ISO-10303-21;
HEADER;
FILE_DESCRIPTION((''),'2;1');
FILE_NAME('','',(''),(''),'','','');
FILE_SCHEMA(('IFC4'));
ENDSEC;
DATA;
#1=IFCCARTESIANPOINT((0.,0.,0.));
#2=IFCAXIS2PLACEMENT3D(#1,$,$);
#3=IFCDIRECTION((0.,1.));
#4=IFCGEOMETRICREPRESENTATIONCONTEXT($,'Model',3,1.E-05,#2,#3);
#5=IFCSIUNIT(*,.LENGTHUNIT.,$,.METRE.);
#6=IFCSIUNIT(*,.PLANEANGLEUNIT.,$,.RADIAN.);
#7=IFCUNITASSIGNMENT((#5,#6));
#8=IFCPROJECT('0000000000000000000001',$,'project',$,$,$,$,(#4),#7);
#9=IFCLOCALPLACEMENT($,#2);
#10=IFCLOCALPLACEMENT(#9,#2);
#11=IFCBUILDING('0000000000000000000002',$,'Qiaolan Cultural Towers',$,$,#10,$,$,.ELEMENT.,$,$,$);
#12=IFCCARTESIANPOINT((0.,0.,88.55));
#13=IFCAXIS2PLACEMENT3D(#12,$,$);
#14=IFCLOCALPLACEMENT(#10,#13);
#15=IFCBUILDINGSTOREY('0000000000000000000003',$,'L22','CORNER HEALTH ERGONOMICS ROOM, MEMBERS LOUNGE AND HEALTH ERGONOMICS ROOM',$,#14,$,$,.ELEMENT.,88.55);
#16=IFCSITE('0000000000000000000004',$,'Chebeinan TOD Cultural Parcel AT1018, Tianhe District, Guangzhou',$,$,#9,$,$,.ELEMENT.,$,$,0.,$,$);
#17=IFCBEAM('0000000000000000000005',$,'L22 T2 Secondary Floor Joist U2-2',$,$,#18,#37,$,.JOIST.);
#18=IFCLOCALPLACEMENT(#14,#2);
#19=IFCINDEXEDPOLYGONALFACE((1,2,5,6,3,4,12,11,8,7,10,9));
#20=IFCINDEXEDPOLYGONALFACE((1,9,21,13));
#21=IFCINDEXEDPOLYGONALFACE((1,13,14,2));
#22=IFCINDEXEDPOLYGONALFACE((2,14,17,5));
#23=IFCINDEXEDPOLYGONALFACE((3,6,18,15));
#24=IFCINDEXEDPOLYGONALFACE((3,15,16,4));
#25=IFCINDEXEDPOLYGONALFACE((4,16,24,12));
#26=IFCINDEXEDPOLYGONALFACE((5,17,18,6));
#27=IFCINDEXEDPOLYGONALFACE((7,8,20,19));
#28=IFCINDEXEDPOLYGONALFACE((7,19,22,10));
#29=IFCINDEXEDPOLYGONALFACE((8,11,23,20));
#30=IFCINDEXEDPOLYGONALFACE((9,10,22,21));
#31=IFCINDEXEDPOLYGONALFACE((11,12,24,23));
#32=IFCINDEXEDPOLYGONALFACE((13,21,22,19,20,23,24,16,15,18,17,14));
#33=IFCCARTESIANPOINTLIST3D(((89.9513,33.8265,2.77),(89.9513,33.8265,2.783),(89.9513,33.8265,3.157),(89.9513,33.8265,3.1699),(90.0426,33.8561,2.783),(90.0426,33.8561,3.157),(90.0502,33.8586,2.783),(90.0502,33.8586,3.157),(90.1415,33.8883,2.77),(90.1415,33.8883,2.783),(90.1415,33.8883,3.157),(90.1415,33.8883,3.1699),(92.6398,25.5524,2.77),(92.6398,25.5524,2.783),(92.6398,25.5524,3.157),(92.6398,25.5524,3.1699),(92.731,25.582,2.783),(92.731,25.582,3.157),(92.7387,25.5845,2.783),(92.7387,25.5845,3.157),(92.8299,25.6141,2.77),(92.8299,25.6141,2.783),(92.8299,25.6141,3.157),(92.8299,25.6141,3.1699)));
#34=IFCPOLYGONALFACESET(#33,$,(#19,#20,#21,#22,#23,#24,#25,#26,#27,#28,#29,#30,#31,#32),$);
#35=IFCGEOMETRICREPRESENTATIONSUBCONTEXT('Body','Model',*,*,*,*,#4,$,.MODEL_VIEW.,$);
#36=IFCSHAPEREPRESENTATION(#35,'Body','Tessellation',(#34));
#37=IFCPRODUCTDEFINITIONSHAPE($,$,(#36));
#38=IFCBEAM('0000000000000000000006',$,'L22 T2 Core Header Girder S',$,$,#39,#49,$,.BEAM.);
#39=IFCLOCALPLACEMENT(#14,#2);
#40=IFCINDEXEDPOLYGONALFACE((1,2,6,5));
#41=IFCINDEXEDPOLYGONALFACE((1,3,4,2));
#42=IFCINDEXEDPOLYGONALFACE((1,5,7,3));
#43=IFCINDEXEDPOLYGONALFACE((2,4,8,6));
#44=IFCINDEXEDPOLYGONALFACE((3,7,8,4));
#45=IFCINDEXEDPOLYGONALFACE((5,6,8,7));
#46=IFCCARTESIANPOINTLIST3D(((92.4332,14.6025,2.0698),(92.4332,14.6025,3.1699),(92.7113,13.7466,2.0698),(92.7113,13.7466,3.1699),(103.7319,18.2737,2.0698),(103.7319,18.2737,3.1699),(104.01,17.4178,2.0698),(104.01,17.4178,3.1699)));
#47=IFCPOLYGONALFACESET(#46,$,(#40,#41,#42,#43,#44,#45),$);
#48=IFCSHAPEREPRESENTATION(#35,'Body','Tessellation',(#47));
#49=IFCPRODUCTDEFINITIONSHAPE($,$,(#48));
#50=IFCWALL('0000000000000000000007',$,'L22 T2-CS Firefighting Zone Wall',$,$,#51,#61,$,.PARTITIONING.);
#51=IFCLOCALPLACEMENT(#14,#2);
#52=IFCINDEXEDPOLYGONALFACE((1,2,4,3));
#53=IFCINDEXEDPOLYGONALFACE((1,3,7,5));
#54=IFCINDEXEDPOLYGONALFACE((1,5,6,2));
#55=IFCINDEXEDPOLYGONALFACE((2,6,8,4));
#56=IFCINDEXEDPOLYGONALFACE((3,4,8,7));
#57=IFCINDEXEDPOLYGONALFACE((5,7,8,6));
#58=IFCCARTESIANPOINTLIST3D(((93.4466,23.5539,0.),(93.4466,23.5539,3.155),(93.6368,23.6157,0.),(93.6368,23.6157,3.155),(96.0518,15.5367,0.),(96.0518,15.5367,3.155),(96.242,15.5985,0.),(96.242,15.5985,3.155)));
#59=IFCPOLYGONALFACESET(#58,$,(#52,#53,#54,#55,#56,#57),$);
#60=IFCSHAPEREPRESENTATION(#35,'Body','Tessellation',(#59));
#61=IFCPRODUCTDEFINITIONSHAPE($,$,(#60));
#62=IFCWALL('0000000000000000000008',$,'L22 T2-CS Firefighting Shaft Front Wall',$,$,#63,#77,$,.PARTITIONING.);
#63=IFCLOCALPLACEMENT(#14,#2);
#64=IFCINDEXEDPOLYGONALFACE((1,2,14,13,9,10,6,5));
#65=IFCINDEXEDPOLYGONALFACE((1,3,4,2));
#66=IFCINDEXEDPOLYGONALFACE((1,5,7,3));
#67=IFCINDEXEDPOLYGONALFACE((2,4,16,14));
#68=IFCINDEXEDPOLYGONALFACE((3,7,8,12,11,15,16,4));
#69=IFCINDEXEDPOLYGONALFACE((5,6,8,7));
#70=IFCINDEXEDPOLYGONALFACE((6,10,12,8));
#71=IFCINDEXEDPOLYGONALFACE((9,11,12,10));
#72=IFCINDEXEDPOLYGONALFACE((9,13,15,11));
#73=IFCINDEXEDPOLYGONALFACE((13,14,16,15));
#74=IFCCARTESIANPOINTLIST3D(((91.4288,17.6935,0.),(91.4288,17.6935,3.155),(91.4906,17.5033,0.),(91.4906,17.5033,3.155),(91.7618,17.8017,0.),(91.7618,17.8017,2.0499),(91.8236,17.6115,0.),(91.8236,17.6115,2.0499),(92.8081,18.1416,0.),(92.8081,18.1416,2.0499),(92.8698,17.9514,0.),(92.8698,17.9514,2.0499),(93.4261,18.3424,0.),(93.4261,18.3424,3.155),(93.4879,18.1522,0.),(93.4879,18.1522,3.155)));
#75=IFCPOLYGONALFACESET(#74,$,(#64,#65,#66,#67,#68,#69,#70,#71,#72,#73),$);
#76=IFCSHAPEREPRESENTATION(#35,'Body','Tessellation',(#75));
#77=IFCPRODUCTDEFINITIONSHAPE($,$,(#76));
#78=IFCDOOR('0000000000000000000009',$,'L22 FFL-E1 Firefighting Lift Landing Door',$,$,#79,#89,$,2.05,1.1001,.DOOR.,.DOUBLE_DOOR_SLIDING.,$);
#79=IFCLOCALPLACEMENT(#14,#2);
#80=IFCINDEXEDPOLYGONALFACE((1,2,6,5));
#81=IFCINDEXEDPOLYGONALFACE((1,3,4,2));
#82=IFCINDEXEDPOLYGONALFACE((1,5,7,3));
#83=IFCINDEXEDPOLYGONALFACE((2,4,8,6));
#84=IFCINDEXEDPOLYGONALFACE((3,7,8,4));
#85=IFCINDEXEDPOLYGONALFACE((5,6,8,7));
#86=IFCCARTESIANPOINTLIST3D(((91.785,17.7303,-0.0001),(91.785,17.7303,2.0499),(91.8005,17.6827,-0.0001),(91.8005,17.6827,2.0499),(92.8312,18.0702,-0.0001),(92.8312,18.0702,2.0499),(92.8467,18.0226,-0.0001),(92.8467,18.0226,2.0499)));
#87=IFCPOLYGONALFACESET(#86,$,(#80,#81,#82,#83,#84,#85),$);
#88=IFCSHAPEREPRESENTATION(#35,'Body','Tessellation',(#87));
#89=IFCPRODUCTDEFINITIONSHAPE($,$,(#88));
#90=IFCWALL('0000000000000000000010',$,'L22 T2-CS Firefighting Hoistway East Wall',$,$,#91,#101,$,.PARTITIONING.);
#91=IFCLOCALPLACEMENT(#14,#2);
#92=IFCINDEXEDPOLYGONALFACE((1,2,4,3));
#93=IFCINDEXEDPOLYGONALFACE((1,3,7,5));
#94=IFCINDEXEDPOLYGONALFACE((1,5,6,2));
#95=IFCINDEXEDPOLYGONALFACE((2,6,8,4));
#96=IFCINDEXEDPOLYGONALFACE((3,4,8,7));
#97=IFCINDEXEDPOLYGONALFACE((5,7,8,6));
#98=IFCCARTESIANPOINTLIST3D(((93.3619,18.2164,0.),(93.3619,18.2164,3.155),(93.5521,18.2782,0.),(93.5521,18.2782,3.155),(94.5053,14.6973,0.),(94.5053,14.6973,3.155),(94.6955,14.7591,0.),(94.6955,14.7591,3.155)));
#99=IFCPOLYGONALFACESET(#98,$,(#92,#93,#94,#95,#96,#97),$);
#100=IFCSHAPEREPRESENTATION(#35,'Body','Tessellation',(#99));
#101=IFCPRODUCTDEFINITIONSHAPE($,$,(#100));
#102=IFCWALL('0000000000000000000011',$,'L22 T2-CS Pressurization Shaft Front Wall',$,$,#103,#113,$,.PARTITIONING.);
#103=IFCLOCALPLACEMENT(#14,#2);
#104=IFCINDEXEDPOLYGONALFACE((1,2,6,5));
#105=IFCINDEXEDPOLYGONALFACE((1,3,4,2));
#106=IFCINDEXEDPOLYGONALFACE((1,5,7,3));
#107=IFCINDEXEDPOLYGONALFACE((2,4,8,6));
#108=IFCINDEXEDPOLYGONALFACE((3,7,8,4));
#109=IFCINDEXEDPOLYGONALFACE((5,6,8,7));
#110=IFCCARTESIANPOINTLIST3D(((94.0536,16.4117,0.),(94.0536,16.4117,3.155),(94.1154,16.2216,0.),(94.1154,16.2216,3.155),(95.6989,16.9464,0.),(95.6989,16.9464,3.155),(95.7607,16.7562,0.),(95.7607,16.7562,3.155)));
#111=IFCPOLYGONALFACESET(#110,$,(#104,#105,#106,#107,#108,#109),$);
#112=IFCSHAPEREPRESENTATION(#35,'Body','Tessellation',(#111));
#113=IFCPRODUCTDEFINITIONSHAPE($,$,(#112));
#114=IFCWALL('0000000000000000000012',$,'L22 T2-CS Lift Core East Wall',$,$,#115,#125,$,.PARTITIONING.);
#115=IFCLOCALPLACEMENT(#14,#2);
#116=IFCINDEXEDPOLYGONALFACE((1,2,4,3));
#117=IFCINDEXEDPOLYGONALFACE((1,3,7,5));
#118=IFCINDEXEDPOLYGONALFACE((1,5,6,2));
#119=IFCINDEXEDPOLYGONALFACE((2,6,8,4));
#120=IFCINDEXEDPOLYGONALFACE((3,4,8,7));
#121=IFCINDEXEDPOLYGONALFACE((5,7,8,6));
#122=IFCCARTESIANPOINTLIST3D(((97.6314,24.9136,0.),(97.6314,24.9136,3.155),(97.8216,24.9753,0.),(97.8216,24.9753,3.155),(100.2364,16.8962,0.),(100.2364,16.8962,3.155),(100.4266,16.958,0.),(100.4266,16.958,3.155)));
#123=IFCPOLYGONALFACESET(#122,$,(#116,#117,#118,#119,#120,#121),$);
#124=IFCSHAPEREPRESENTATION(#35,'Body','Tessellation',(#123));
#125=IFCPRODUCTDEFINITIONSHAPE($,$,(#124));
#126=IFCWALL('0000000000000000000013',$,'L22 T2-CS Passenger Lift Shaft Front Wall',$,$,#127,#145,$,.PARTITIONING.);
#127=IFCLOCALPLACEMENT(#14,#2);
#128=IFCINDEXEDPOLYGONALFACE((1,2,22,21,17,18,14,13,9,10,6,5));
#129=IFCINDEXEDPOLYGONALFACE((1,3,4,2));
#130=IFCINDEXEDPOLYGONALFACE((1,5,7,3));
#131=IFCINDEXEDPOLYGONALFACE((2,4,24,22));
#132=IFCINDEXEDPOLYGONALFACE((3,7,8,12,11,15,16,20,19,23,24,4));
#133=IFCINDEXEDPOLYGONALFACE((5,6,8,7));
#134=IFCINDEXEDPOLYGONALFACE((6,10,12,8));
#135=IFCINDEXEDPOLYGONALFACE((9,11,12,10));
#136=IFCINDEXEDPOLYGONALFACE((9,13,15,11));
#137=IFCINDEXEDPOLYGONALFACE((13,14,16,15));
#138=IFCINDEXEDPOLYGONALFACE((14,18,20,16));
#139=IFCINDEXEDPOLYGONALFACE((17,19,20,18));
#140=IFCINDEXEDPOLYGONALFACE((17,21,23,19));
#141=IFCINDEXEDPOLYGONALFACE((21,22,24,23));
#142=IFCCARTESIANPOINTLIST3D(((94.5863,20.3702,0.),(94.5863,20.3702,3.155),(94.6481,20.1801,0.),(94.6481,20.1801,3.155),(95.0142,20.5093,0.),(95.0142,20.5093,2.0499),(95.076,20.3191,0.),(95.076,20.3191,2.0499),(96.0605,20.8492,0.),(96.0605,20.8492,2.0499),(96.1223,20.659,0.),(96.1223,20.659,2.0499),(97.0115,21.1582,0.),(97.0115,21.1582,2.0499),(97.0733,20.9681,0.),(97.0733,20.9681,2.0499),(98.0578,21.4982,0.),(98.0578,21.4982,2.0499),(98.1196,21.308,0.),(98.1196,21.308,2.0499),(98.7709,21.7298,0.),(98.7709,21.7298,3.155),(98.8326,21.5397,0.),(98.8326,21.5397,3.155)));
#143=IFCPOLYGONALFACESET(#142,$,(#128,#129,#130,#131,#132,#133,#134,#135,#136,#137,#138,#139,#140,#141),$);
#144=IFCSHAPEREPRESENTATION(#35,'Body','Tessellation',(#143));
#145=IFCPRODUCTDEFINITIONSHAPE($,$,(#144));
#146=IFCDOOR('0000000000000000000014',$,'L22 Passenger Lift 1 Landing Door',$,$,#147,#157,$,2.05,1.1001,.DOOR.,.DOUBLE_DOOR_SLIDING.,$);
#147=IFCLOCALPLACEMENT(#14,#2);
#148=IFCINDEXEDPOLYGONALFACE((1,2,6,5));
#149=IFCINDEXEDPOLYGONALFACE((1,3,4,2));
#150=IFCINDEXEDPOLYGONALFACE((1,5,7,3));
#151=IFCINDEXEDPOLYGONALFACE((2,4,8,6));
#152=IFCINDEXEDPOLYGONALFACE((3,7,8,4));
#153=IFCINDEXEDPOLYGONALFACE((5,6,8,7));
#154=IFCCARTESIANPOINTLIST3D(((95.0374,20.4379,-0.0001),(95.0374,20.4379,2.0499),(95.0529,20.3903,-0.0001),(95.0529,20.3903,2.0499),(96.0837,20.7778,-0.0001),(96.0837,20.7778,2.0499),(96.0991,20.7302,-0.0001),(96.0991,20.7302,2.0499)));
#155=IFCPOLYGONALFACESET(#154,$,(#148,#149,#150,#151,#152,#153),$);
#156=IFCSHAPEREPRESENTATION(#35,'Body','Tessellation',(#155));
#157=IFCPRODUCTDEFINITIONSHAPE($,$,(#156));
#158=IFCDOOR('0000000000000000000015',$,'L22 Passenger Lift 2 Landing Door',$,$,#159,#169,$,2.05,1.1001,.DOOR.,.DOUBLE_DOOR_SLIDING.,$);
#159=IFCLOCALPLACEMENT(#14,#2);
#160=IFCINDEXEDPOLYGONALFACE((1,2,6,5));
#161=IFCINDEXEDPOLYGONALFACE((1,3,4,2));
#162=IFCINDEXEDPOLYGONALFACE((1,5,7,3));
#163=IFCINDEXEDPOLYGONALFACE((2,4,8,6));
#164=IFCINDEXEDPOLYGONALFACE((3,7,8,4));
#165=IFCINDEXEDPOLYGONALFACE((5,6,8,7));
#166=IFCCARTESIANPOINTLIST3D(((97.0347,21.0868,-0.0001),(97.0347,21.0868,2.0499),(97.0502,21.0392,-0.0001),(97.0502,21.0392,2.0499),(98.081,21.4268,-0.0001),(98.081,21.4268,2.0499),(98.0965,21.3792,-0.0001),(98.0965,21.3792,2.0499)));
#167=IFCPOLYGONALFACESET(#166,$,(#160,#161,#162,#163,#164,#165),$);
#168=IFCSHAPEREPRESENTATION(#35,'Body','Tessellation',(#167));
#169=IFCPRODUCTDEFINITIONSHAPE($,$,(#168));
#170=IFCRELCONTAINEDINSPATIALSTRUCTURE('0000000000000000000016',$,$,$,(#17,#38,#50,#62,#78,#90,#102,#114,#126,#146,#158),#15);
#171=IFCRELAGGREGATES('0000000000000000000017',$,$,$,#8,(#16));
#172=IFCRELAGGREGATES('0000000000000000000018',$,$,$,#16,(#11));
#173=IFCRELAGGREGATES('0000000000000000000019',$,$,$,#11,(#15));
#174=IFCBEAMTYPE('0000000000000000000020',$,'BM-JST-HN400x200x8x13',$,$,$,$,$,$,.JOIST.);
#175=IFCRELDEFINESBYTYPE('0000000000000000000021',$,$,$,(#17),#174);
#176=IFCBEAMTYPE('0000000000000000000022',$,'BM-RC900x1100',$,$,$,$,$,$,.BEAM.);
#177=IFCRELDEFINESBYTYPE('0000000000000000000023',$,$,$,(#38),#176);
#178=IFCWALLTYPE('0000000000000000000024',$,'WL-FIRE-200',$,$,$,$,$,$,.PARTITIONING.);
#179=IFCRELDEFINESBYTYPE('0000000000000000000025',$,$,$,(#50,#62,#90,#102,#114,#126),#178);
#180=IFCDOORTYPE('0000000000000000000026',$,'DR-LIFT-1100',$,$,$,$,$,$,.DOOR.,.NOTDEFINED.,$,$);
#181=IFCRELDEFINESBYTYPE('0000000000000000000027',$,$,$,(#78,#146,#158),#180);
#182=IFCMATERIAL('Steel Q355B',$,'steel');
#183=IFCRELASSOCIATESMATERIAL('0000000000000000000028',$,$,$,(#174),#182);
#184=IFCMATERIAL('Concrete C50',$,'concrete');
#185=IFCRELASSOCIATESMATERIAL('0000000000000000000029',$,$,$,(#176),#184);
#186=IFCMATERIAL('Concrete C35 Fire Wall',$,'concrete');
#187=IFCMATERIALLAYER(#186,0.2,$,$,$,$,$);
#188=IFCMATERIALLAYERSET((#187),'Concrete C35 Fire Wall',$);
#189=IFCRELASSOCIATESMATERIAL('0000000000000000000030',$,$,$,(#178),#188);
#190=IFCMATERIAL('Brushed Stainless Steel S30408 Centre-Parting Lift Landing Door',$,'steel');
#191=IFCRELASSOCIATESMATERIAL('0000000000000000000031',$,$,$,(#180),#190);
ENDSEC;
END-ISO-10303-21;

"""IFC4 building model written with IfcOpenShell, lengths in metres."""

from ifc_helpers import new_model, si_unit, direction, frame, frame_2d, origin, origin_2d, place, context, subcontext, project, spatial, rectangle, i_section, extrude, material, layer, layer_set, material_profile, profile_set, type_object, element, fill, save


model = new_model("IFC4")

# Units and contexts
model_context = context("Model", 3, precision=1e-05, world=origin(), true_north=direction((0.0, 1.0)))
body_context = subcontext(model_context, "Body", "Model", "MODEL_VIEW")
ifc_project = project(units=[si_unit("LENGTHUNIT", "METRE"), si_unit("PLANEANGLEUNIT", "RADIAN")], contexts=[model_context])

# Site, building, storey
site_placement = place(None, origin())
site = spatial("IfcSite", under=ifc_project, at=site_placement, Name="Chebeinan TOD Cultural Parcel AT1018, Tianhe District, Guangzhou", CompositionType="ELEMENT", RefElevation=0.0)
building_placement = place(site_placement, origin())
building = spatial("IfcBuilding", under=site, at=building_placement, Name="Qiaolan Cultural Towers", CompositionType="ELEMENT")
storey_placement = place(building_placement, frame((0.0, 0.0, 88.55)))
storey = spatial("IfcBuildingStorey", under=building, at=storey_placement, Name="L22", Description="CORNER HEALTH ERGONOMICS ROOM, MEMBERS LOUNGE AND HEALTH ERGONOMICS ROOM", CompositionType="ELEMENT", Elevation=88.55)

# Beams
ifc_material_1 = material(Name="Steel Q355B", Category="steel")
ifc_material_profile_1 = material_profile(ifc_material_1, i_section(OverallWidth=0.2, OverallDepth=0.3999, WebThickness=0.0081, FlangeThickness=0.0129, at=origin_2d()), Name="HN400x200x8x13")
ifc_profile_set_1 = profile_set([ifc_material_profile_1], Name="Steel Q355B")
beam_type_1 = type_object("IfcBeamType", Name="BM-JST-HN400x200x8x13", PredefinedType="JOIST", material=ifc_profile_set_1)
beam_1_placement = place(storey_placement, frame((92.7349, 25.5833, 2.97), z_axis=(-0.309021, 0.951055, 0.0), x_axis=(-0.951055, -0.309021, 0.0)))
element("IfcBeam", 1, at=beam_1_placement, inside=storey, type_object=beam_type_1, Name="L22 T2 Secondary Floor Joist U2-2", PredefinedType="JOIST", context=body_context, shape_type="SweptSolid", body=[
    extrude(i_section(OverallWidth=0.2, OverallDepth=0.3999, WebThickness=0.0081, FlangeThickness=0.0129, at=origin_2d()), origin(), (0.0, 0.0, 1.0), 8.7),
])
ifc_material_2 = material(Name="Concrete C50", Category="concrete")
ifc_material_profile_2 = material_profile(ifc_material_2, rectangle(XDim=0.8999, YDim=1.1001, at=origin_2d()), Name="RC900x1100")
ifc_profile_set_2 = profile_set([ifc_material_profile_2], Name="Concrete C50")
beam_type_2 = type_object("IfcBeamType", Name="BM-RC900x1100", PredefinedType="BEAM", material=ifc_profile_set_2)
beam_2_placement = place(storey_placement, frame((92.5723, 14.1746, 2.6199), z_axis=(0.951056, 0.309018, 0.0), x_axis=(-0.309018, 0.951056, 0.0)))
element("IfcBeam", 2, at=beam_2_placement, inside=storey, type_object=beam_type_2, Name="L22 T2 Core Header Girder S", PredefinedType="BEAM", context=body_context, shape_type="SweptSolid", body=[
    extrude(rectangle(XDim=0.8999, YDim=1.1001, at=origin_2d()), origin(), (0.0, 0.0, 1.0), 11.8801),
])

# Wall
ifc_material_3 = material(Name="Concrete C35 Fire Wall", Category="concrete")
ifc_layer_1 = layer(ifc_material_3, 0.2)
ifc_layer_set_1 = layer_set([ifc_layer_1], Name="Concrete C35 Fire Wall")
wall_type_1 = type_object("IfcWallType", Name="WL-FIRE-200", PredefinedType="PARTITIONING", material=ifc_layer_set_1)
wall_1_placement = place(storey_placement, frame((93.5417, 23.5847, 0.0), z_axis=(0.0, 0.0, 1.0), x_axis=(0.309042, -0.951048, 0.0)))
element("IfcWall", 3, at=wall_1_placement, inside=storey, type_object=wall_type_1, Name="L22 T2-CS Firefighting Zone Wall", PredefinedType="PARTITIONING", context=body_context, shape_type="SweptSolid", body=[
    extrude(rectangle(XDim=8.4299, YDim=0.2, at=frame_2d((4.2148, 0.0))), origin(), (0.0, 0.0, 1.0), 3.155),
])

# Wall, opening, door
wall_2_placement = place(storey_placement, frame((91.4597, 17.5984, 0.0), z_axis=(0.0, 0.0, 1.0), x_axis=(0.951062, 0.308999, 0.0)))
wall_2 = element("IfcWall", 4, at=wall_2_placement, inside=storey, type_object=wall_type_1, Name="L22 T2-CS Firefighting Shaft Front Wall", PredefinedType="PARTITIONING", context=body_context, shape_type="SweptSolid", body=[
    extrude(rectangle(XDim=2.1001, YDim=0.2, at=frame_2d((1.05, 0.0))), origin(), (0.0, 0.0, 1.0), 3.155),
])
opening_1_placement = place(wall_2_placement, frame((0.3501, 0.0, 0.0)))
opening_1 = element("IfcOpeningElement", 5, at=opening_1_placement, cuts=wall_2, PredefinedType="OPENING", context=body_context, shape_type="SweptSolid", body=[
    extrude(rectangle(XDim=1.1001, YDim=2.05, at=frame_2d((0.55, 1.0249))), frame((0.0, 0.1099, 0.0), z_axis=(0.0, -1.0, 0.0), x_axis=(1.0, 0.0, 0.0)), (0.0, 0.0, 1.0), 0.22),
])
ifc_material_4 = material(Name="Brushed Stainless Steel S30408 Centre-Parting Lift Landing Door", Category="steel")
door_type_1 = type_object("IfcDoorType", Name="DR-LIFT-1100", OperationType="NOTDEFINED", PredefinedType="DOOR", material=ifc_material_4)
door_1_placement = place(opening_1_placement, origin())
door_1 = element("IfcDoor", 6, at=door_1_placement, inside=storey, type_object=door_type_1, Name="L22 FFL-E1 Firefighting Lift Landing Door", OperationType="DOUBLE_DOOR_SLIDING", OverallHeight=2.05, OverallWidth=1.1001, PredefinedType="DOOR", context=body_context, shape_type="SweptSolid", body=[
    extrude(rectangle(XDim=1.1001, YDim=2.05, at=frame_2d((0.55, 1.0249))), frame((0.0, 0.0249, 0.0), z_axis=(0.0, -1.0, 0.0), x_axis=(1.0, 0.0, 0.0)), (0.0, 0.0, 1.0), 0.05),
])
fill(opening_1, door_1)

# Walls
wall_3_placement = place(storey_placement, frame((93.457, 18.2473, 0.0), z_axis=(0.0, 0.0, 1.0), x_axis=(0.308994, -0.951064, 0.0)))
element("IfcWall", 7, at=wall_3_placement, inside=storey, type_object=wall_type_1, Name="L22 T2-CS Firefighting Hoistway East Wall", PredefinedType="PARTITIONING", context=body_context, shape_type="SweptSolid", body=[
    extrude(rectangle(XDim=3.7002, YDim=0.2, at=frame_2d((1.8501, 0.0))), origin(), (0.0, 0.0, 1.0), 3.155),
])
wall_4_placement = place(storey_placement, frame((94.0845, 16.3167, 0.0), z_axis=(0.0, 0.0, 1.0), x_axis=(0.951041, 0.309064, 0.0)))
element("IfcWall", 8, at=wall_4_placement, inside=storey, type_object=wall_type_1, Name="L22 T2-CS Pressurization Shaft Front Wall", PredefinedType="PARTITIONING", context=body_context, shape_type="SweptSolid", body=[
    extrude(rectangle(XDim=1.73, YDim=0.2, at=frame_2d((0.865, 0.0))), origin(), (0.0, 0.0, 1.0), 3.155),
])
wall_5_placement = place(storey_placement, frame((97.7266, 24.9443, 0.0), z_axis=(0.0, 0.0, 1.0), x_axis=(0.309016, -0.951057, 0.0)))
element("IfcWall", 9, at=wall_5_placement, inside=storey, type_object=wall_type_1, Name="L22 T2-CS Lift Core East Wall", PredefinedType="PARTITIONING", context=body_context, shape_type="SweptSolid", body=[
    extrude(rectangle(XDim=8.4299, YDim=0.2, at=frame_2d((4.2148, 0.0))), origin(), (0.0, 0.0, 1.0), 3.155),
])

# Wall, openings, doors
wall_6_placement = place(storey_placement, frame((94.6172, 20.2751, 0.0), z_axis=(0.0, 0.0, 1.0), x_axis=(0.951059, 0.309011, 0.0)))
wall_6 = element("IfcWall", 10, at=wall_6_placement, inside=storey, type_object=wall_type_1, Name="L22 T2-CS Passenger Lift Shaft Front Wall", PredefinedType="PARTITIONING", context=body_context, shape_type="SweptSolid", body=[
    extrude(rectangle(XDim=4.3999, YDim=0.2, at=frame_2d((2.2, 0.0))), origin(), (0.0, 0.0, 1.0), 3.155),
])
opening_2_placement = place(wall_6_placement, frame((0.45, 0.0, 0.0)))
opening_2 = element("IfcOpeningElement", 11, at=opening_2_placement, cuts=wall_6, PredefinedType="OPENING", context=body_context, shape_type="SweptSolid", body=[
    extrude(rectangle(XDim=1.1001, YDim=2.05, at=frame_2d((0.55, 1.0249))), frame((0.0, 0.1099, 0.0), z_axis=(0.0, -1.0, 0.0), x_axis=(1.0, 0.0, 0.0)), (0.0, 0.0, 1.0), 0.22),
])
opening_3_placement = place(wall_6_placement, frame((2.55, 0.0, 0.0)))
opening_3 = element("IfcOpeningElement", 12, at=opening_3_placement, cuts=wall_6, PredefinedType="OPENING", context=body_context, shape_type="SweptSolid", body=[
    extrude(rectangle(XDim=1.1001, YDim=2.05, at=frame_2d((0.55, 1.0249))), frame((0.0, 0.1099, 0.0), z_axis=(0.0, -1.0, 0.0), x_axis=(1.0, 0.0, 0.0)), (0.0, 0.0, 1.0), 0.22),
])
door_2_placement = place(opening_2_placement, origin())
door_2 = element("IfcDoor", 13, at=door_2_placement, inside=storey, type_object=door_type_1, Name="L22 Passenger Lift 1 Landing Door", OperationType="DOUBLE_DOOR_SLIDING", OverallHeight=2.05, OverallWidth=1.1001, PredefinedType="DOOR", context=body_context, shape_type="SweptSolid", body=[
    extrude(rectangle(XDim=1.1001, YDim=2.05, at=frame_2d((0.55, 1.0249))), frame((0.0, 0.0249, 0.0), z_axis=(0.0, -1.0, 0.0), x_axis=(1.0, 0.0, 0.0)), (0.0, 0.0, 1.0), 0.05),
])
fill(opening_2, door_2)
door_3_placement = place(opening_3_placement, origin())
door_3 = element("IfcDoor", 14, at=door_3_placement, inside=storey, type_object=door_type_1, Name="L22 Passenger Lift 2 Landing Door", OperationType="DOUBLE_DOOR_SLIDING", OverallHeight=2.05, OverallWidth=1.1001, PredefinedType="DOOR", context=body_context, shape_type="SweptSolid", body=[
    extrude(rectangle(XDim=1.1001, YDim=2.05, at=frame_2d((0.55, 1.0249))), frame((0.0, 0.0249, 0.0), z_axis=(0.0, -1.0, 0.0), x_axis=(1.0, 0.0, 0.0)), (0.0, 0.0, 1.0), 0.05),
])
fill(opening_3, door_3)

save(model, "model.ifc")
